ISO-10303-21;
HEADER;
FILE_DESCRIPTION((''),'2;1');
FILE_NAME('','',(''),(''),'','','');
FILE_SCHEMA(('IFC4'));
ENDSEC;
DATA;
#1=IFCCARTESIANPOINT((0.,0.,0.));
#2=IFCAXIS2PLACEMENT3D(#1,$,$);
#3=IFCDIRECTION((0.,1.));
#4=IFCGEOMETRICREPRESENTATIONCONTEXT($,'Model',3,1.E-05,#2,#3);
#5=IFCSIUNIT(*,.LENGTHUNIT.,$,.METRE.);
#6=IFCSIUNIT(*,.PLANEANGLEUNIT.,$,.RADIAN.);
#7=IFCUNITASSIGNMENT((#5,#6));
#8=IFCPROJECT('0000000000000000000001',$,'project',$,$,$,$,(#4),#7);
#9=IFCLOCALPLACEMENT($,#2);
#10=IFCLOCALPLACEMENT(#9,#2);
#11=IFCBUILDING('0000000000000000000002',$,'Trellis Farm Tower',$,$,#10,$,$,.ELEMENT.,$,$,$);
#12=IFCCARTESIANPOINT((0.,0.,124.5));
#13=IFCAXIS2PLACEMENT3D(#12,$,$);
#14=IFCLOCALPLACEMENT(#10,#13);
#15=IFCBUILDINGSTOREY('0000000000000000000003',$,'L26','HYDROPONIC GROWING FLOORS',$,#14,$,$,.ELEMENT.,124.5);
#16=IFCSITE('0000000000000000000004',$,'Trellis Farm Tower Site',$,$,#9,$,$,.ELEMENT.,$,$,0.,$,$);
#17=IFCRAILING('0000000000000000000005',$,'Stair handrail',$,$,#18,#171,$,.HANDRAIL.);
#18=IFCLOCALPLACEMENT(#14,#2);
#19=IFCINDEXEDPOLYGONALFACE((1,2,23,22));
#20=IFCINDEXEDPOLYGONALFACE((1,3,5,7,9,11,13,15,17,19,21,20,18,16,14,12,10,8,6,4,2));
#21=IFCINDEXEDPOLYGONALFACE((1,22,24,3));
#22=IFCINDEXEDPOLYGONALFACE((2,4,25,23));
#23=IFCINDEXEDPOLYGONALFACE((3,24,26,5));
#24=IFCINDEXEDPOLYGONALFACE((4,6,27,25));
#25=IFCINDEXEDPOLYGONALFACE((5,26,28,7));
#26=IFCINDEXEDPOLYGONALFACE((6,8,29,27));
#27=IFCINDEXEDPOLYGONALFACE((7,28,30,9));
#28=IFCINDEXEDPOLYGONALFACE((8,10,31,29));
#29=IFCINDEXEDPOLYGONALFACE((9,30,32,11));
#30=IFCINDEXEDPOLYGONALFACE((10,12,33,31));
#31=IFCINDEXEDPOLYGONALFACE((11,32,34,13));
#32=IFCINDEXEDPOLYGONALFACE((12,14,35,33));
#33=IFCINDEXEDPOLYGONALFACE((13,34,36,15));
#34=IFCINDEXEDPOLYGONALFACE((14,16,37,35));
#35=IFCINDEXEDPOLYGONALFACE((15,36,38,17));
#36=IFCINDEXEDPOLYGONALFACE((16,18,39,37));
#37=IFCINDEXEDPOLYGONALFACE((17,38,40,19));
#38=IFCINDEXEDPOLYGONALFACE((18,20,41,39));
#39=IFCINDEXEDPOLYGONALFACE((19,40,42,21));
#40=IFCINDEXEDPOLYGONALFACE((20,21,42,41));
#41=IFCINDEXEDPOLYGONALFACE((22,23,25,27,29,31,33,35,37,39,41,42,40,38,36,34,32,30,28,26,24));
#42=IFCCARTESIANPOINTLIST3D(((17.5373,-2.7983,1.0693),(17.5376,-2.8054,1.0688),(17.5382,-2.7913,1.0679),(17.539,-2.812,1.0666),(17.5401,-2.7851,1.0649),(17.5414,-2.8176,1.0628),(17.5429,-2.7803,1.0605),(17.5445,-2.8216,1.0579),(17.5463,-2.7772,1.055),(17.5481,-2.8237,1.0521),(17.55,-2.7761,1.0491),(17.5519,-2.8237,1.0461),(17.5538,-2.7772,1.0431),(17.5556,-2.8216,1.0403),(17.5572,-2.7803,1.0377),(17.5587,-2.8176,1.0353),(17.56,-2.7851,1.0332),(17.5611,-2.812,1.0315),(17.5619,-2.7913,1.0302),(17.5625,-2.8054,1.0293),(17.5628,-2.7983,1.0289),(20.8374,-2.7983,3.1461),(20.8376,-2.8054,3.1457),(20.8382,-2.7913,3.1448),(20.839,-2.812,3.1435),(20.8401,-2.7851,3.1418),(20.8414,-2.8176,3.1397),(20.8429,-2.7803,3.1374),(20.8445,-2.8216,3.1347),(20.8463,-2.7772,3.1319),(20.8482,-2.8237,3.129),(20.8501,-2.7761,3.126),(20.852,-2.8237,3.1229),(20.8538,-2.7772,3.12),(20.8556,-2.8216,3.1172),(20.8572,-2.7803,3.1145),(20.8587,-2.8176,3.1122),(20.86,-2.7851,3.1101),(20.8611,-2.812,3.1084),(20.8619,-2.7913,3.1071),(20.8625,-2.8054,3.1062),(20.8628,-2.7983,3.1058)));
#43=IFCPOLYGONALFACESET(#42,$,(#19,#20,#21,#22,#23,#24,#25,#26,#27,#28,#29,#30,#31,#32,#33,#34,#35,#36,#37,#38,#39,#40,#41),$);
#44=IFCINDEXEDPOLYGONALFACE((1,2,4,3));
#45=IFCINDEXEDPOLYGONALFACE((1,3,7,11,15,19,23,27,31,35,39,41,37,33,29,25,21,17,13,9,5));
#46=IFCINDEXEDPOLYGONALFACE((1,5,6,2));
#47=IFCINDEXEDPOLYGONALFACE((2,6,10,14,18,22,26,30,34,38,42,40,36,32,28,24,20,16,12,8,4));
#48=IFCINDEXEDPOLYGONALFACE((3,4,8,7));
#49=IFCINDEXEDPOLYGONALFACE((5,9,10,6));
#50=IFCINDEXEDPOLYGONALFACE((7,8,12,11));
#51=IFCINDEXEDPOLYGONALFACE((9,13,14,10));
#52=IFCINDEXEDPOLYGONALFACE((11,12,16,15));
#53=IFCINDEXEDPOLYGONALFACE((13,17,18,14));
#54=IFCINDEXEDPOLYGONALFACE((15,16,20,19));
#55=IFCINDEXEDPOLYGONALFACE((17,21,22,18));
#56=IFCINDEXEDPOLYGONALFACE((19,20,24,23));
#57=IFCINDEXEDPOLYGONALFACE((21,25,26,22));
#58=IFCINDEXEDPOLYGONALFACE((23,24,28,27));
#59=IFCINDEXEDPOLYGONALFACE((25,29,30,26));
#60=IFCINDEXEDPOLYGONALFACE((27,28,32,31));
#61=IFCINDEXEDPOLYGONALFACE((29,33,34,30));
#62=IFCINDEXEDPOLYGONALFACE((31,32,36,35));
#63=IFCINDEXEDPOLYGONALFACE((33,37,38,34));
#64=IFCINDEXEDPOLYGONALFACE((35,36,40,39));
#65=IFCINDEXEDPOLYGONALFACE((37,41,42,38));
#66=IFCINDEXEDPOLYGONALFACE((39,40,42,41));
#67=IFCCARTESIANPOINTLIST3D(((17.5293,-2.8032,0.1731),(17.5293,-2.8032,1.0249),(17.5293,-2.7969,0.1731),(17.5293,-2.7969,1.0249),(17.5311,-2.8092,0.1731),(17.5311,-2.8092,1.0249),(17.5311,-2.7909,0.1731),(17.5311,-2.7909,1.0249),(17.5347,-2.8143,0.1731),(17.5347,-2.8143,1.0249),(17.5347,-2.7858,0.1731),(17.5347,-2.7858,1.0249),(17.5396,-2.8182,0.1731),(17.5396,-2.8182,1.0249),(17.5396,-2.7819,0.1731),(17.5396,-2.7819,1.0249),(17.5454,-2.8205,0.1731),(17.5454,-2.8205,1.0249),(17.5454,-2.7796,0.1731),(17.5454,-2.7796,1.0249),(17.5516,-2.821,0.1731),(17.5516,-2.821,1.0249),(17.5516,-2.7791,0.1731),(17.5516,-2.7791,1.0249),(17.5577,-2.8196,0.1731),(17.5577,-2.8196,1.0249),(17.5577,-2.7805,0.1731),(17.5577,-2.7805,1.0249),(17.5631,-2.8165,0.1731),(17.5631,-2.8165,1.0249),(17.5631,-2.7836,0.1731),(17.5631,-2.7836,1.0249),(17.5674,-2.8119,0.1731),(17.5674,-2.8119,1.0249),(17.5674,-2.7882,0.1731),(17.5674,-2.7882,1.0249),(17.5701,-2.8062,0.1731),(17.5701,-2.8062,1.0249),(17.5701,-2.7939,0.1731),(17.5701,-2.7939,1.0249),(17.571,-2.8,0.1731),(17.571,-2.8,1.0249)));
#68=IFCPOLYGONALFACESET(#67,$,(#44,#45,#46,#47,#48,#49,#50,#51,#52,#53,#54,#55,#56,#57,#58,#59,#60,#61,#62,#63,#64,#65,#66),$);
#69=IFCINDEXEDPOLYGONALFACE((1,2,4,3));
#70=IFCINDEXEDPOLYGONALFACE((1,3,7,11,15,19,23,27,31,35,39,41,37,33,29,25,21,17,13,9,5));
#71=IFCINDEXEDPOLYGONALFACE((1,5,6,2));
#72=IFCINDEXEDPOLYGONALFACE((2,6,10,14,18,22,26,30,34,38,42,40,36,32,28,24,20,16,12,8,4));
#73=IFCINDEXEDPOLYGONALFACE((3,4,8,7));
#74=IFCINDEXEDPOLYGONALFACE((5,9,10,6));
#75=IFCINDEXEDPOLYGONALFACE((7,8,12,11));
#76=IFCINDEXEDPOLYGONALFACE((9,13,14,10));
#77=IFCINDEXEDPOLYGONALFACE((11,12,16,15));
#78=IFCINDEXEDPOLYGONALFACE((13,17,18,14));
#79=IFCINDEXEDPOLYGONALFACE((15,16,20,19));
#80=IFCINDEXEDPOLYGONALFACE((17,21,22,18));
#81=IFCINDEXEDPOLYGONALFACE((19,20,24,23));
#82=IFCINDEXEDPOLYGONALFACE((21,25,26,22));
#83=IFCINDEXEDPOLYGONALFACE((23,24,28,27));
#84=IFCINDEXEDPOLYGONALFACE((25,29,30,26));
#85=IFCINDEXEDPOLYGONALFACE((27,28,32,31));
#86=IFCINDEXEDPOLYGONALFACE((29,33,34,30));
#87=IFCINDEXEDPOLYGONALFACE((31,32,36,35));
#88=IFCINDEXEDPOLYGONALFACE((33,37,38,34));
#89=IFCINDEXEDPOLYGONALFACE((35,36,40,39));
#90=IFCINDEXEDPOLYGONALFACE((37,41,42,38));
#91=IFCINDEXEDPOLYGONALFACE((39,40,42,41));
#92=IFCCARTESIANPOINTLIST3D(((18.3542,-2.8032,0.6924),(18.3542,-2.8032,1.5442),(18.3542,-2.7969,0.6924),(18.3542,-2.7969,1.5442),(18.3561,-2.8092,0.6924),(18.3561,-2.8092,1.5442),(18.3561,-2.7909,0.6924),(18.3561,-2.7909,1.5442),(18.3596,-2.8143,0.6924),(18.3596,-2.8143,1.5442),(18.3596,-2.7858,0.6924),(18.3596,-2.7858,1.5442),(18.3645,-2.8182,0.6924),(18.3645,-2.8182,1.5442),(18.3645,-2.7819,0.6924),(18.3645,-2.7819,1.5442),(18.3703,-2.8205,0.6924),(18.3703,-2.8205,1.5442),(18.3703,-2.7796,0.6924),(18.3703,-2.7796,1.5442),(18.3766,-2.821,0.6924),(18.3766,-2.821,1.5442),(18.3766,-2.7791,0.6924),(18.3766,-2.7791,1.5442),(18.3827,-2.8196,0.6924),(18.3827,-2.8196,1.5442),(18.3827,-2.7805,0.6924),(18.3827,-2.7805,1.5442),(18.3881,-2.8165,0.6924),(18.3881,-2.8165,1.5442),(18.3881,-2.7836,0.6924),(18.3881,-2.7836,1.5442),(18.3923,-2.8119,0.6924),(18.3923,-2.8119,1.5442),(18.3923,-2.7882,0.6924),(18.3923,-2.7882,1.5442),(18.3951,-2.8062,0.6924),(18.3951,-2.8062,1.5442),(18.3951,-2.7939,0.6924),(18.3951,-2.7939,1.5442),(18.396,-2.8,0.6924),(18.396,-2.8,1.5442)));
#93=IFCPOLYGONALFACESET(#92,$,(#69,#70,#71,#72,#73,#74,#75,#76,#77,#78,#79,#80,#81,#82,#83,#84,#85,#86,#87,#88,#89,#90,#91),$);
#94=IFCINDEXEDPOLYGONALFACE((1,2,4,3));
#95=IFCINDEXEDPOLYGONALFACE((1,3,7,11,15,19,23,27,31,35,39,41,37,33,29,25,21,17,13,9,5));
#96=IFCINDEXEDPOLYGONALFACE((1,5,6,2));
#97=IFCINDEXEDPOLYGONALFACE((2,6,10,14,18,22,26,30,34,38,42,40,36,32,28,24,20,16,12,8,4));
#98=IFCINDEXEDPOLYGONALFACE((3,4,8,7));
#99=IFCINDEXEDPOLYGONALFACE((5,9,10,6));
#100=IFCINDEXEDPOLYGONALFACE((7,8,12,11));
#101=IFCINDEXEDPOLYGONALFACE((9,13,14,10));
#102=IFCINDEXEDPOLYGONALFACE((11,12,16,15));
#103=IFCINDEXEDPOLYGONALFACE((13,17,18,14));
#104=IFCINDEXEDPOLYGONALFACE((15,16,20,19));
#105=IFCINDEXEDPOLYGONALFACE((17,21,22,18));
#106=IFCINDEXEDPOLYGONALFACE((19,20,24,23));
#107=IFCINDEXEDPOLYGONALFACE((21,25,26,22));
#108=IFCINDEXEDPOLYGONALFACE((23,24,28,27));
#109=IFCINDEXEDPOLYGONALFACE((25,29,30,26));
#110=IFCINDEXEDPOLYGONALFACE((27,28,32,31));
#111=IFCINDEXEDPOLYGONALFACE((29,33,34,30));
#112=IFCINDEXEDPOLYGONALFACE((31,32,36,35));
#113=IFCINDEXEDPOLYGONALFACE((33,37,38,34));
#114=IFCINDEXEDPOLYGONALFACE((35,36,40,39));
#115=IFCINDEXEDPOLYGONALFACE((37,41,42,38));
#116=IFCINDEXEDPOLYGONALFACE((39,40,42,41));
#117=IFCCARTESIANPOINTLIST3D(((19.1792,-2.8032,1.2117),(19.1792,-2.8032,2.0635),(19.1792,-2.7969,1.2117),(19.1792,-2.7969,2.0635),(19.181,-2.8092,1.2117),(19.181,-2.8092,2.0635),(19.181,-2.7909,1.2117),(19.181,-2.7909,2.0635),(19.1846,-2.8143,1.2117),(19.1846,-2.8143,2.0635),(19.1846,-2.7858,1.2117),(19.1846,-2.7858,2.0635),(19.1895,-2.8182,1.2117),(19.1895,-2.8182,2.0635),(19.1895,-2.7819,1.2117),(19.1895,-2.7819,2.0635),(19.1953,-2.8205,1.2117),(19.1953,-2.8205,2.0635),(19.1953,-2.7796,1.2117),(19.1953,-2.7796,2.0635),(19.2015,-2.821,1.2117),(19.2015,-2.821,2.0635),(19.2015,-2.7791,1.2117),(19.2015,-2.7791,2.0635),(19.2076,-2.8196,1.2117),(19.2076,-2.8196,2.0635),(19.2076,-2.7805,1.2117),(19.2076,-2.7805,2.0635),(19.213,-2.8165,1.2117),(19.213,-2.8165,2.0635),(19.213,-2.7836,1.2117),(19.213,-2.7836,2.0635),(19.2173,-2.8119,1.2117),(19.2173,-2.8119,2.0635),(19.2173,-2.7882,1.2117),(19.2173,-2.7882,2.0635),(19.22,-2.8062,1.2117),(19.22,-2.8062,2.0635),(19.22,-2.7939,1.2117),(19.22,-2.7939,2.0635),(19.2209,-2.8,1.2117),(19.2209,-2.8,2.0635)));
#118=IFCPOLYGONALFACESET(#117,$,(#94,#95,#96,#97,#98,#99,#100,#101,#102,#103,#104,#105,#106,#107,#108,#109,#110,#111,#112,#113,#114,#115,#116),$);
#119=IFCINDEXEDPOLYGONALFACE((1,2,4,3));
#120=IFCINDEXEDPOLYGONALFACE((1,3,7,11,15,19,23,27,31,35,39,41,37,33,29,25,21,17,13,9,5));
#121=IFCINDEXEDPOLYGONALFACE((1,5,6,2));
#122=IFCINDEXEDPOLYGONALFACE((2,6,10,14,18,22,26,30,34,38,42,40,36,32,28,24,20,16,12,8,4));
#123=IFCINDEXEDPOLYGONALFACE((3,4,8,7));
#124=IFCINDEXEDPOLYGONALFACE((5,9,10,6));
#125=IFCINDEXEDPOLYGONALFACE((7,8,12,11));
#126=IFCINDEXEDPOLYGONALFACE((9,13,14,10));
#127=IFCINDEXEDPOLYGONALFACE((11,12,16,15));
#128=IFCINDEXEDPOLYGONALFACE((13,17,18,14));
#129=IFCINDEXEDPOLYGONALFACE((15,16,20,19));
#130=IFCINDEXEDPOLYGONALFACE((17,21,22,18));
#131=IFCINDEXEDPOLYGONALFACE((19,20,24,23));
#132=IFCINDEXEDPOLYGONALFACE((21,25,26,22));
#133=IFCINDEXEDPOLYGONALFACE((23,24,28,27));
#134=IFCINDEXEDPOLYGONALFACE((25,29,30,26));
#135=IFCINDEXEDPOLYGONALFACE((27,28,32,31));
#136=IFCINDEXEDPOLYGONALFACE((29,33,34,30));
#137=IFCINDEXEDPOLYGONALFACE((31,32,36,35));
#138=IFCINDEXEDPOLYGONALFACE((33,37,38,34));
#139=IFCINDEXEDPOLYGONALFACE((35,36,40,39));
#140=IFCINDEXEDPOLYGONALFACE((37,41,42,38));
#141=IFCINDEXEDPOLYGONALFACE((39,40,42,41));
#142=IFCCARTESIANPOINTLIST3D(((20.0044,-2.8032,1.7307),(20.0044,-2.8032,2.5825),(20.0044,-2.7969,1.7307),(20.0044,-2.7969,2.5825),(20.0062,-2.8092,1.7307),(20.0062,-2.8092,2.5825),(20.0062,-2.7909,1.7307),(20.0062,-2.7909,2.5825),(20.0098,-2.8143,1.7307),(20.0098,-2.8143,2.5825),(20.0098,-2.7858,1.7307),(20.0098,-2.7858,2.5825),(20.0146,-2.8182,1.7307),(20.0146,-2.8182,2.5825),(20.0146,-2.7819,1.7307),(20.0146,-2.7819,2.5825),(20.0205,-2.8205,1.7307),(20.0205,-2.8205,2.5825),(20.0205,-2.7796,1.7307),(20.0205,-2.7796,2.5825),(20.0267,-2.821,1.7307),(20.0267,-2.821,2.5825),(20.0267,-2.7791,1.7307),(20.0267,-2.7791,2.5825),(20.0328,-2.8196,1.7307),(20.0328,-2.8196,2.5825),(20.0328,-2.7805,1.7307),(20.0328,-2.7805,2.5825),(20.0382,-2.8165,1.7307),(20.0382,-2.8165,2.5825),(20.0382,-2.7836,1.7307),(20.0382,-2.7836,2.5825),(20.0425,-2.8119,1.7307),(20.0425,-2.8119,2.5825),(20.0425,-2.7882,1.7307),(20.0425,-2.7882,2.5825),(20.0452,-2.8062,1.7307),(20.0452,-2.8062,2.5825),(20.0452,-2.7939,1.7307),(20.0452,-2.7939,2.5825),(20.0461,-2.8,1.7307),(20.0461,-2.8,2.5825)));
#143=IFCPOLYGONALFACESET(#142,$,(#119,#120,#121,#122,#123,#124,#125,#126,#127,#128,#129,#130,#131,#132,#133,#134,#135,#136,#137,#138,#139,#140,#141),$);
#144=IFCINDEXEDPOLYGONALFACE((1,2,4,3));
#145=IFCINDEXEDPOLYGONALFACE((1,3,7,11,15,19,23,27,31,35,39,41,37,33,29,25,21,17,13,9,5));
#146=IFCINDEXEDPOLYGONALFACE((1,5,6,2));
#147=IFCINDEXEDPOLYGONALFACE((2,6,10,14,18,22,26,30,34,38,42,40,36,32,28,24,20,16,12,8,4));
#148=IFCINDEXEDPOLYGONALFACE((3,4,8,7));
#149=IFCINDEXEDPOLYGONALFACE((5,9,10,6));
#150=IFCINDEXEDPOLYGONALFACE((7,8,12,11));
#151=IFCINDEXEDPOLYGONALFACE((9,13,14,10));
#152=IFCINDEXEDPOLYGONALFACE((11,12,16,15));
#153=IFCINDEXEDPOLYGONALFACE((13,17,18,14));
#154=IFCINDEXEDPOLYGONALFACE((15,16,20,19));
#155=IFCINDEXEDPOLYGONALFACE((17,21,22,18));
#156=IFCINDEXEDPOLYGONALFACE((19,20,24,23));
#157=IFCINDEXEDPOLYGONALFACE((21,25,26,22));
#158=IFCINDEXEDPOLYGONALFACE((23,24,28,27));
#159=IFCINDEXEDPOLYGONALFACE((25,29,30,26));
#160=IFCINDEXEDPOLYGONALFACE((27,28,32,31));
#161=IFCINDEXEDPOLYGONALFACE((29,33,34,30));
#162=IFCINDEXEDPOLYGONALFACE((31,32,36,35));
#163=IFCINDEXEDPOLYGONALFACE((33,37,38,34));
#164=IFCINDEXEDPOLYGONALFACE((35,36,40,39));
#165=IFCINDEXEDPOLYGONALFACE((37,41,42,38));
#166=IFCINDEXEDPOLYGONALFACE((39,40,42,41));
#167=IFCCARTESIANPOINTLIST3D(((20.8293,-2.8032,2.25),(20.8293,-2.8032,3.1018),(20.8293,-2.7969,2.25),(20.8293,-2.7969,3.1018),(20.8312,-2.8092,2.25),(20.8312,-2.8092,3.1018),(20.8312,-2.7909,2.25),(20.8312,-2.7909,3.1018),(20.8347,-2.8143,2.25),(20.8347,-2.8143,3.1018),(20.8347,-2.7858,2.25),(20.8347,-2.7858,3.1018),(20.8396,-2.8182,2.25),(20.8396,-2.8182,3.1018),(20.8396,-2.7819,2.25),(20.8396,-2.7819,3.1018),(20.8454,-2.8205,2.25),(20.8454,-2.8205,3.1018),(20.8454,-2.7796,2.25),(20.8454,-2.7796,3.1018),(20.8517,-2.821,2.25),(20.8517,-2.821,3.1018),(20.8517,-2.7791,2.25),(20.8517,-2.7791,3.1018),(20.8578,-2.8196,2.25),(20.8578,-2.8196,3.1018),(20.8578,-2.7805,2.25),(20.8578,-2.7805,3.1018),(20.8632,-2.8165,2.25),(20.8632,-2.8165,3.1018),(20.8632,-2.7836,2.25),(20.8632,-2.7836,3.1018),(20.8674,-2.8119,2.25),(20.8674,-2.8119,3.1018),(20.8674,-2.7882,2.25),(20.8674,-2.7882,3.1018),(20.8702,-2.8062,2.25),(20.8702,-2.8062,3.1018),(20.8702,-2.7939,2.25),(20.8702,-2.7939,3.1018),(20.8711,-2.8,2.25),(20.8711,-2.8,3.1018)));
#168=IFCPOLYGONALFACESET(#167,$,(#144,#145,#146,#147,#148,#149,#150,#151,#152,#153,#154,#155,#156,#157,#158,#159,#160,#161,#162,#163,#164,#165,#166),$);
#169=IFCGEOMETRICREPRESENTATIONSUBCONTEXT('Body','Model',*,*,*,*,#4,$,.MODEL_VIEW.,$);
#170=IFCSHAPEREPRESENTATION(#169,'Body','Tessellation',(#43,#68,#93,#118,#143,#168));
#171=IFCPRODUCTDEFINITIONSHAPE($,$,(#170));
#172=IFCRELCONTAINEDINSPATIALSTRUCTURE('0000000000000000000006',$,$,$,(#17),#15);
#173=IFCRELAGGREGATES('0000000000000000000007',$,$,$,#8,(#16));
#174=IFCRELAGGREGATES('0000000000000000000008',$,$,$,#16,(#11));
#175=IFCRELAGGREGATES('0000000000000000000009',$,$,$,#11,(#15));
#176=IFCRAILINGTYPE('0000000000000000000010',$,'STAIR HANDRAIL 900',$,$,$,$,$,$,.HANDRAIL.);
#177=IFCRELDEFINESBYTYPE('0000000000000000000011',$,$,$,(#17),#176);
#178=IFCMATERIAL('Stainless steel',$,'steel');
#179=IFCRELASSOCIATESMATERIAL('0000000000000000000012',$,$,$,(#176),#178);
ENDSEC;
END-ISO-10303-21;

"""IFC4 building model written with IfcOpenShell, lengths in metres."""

from ifc_helpers import new_model, si_unit, direction, frame, origin, origin_2d, place, context, subcontext, project, spatial, circle, extrude, source, transform, mapped, material, type_object, element, save


model = new_model("IFC4")

# Units and contexts
model_context = context("Model", 3, precision=1e-05, world=origin(), true_north=direction((0.0, 1.0)))
body_context = subcontext(model_context, "Body", "Model", "MODEL_VIEW")
ifc_project = project(units=[si_unit("LENGTHUNIT", "METRE"), si_unit("PLANEANGLEUNIT", "RADIAN")], contexts=[model_context])

# Site, building, storey
site_placement = place(None, origin())
site = spatial("IfcSite", under=ifc_project, at=site_placement, Name="Trellis Farm Tower Site", CompositionType="ELEMENT", RefElevation=0.0)
building_placement = place(site_placement, origin())
building = spatial("IfcBuilding", under=site, at=building_placement, Name="Trellis Farm Tower", CompositionType="ELEMENT")
storey_placement = place(building_placement, frame((0.0, 0.0, 124.5)))
storey = spatial("IfcBuildingStorey", under=building, at=storey_placement, Name="L26", Description="HYDROPONIC GROWING FLOORS", CompositionType="ELEMENT", Elevation=124.5)

# Shared definitions
ifc_material_1 = material(Name="Stainless steel", Category="steel")

# Railing
railing_type = type_object("IfcRailingType", Name="STAIR HANDRAIL 900", PredefinedType="HANDRAIL", material=ifc_material_1)
shared_shape_1 = source(origin(), body_context, "Body", "SweptSolid", [
    extrude(circle(Radius=0.0239, at=origin_2d()), frame((0.0, 0.0, 0.876), z_axis=(0.846337, 0.0, 0.532647), x_axis=(0.0, 1.0, 0.0)), (0.0, 0.0, 1.0), 3.8992),
    extrude(circle(Radius=0.021, at=origin_2d()), origin(), (0.0, 0.0, 1.0), 0.8518),
    extrude(circle(Radius=0.021, at=origin_2d()), frame((0.825, 0.0, 0.5193)), (0.0, 0.0, 1.0), 0.8518),
    extrude(circle(Radius=0.021, at=origin_2d()), frame((1.6499, 0.0, 1.0386)), (0.0, 0.0, 1.0), 0.8518),
    extrude(circle(Radius=0.021, at=origin_2d()), frame((2.4751, 0.0, 1.5576)), (0.0, 0.0, 1.0), 0.8518),
    extrude(circle(Radius=0.021, at=origin_2d()), frame((3.3, 0.0, 2.0769)), (0.0, 0.0, 1.0), 0.8518),
])
for number, where, name in (
    (1, (17.55, -2.8, 0.1731), "Stair handrail"),
):
    element("IfcRailing", number, at=place(storey_placement, frame(where)), inside=storey, type_object=railing_type, Name=name, PredefinedType="HANDRAIL", context=body_context, shape_type="MappedRepresentation", body=[
        mapped(shared_shape_1, transform((0.0, 0.0, 0.0))),
    ])

save(model, "model.ifc")
